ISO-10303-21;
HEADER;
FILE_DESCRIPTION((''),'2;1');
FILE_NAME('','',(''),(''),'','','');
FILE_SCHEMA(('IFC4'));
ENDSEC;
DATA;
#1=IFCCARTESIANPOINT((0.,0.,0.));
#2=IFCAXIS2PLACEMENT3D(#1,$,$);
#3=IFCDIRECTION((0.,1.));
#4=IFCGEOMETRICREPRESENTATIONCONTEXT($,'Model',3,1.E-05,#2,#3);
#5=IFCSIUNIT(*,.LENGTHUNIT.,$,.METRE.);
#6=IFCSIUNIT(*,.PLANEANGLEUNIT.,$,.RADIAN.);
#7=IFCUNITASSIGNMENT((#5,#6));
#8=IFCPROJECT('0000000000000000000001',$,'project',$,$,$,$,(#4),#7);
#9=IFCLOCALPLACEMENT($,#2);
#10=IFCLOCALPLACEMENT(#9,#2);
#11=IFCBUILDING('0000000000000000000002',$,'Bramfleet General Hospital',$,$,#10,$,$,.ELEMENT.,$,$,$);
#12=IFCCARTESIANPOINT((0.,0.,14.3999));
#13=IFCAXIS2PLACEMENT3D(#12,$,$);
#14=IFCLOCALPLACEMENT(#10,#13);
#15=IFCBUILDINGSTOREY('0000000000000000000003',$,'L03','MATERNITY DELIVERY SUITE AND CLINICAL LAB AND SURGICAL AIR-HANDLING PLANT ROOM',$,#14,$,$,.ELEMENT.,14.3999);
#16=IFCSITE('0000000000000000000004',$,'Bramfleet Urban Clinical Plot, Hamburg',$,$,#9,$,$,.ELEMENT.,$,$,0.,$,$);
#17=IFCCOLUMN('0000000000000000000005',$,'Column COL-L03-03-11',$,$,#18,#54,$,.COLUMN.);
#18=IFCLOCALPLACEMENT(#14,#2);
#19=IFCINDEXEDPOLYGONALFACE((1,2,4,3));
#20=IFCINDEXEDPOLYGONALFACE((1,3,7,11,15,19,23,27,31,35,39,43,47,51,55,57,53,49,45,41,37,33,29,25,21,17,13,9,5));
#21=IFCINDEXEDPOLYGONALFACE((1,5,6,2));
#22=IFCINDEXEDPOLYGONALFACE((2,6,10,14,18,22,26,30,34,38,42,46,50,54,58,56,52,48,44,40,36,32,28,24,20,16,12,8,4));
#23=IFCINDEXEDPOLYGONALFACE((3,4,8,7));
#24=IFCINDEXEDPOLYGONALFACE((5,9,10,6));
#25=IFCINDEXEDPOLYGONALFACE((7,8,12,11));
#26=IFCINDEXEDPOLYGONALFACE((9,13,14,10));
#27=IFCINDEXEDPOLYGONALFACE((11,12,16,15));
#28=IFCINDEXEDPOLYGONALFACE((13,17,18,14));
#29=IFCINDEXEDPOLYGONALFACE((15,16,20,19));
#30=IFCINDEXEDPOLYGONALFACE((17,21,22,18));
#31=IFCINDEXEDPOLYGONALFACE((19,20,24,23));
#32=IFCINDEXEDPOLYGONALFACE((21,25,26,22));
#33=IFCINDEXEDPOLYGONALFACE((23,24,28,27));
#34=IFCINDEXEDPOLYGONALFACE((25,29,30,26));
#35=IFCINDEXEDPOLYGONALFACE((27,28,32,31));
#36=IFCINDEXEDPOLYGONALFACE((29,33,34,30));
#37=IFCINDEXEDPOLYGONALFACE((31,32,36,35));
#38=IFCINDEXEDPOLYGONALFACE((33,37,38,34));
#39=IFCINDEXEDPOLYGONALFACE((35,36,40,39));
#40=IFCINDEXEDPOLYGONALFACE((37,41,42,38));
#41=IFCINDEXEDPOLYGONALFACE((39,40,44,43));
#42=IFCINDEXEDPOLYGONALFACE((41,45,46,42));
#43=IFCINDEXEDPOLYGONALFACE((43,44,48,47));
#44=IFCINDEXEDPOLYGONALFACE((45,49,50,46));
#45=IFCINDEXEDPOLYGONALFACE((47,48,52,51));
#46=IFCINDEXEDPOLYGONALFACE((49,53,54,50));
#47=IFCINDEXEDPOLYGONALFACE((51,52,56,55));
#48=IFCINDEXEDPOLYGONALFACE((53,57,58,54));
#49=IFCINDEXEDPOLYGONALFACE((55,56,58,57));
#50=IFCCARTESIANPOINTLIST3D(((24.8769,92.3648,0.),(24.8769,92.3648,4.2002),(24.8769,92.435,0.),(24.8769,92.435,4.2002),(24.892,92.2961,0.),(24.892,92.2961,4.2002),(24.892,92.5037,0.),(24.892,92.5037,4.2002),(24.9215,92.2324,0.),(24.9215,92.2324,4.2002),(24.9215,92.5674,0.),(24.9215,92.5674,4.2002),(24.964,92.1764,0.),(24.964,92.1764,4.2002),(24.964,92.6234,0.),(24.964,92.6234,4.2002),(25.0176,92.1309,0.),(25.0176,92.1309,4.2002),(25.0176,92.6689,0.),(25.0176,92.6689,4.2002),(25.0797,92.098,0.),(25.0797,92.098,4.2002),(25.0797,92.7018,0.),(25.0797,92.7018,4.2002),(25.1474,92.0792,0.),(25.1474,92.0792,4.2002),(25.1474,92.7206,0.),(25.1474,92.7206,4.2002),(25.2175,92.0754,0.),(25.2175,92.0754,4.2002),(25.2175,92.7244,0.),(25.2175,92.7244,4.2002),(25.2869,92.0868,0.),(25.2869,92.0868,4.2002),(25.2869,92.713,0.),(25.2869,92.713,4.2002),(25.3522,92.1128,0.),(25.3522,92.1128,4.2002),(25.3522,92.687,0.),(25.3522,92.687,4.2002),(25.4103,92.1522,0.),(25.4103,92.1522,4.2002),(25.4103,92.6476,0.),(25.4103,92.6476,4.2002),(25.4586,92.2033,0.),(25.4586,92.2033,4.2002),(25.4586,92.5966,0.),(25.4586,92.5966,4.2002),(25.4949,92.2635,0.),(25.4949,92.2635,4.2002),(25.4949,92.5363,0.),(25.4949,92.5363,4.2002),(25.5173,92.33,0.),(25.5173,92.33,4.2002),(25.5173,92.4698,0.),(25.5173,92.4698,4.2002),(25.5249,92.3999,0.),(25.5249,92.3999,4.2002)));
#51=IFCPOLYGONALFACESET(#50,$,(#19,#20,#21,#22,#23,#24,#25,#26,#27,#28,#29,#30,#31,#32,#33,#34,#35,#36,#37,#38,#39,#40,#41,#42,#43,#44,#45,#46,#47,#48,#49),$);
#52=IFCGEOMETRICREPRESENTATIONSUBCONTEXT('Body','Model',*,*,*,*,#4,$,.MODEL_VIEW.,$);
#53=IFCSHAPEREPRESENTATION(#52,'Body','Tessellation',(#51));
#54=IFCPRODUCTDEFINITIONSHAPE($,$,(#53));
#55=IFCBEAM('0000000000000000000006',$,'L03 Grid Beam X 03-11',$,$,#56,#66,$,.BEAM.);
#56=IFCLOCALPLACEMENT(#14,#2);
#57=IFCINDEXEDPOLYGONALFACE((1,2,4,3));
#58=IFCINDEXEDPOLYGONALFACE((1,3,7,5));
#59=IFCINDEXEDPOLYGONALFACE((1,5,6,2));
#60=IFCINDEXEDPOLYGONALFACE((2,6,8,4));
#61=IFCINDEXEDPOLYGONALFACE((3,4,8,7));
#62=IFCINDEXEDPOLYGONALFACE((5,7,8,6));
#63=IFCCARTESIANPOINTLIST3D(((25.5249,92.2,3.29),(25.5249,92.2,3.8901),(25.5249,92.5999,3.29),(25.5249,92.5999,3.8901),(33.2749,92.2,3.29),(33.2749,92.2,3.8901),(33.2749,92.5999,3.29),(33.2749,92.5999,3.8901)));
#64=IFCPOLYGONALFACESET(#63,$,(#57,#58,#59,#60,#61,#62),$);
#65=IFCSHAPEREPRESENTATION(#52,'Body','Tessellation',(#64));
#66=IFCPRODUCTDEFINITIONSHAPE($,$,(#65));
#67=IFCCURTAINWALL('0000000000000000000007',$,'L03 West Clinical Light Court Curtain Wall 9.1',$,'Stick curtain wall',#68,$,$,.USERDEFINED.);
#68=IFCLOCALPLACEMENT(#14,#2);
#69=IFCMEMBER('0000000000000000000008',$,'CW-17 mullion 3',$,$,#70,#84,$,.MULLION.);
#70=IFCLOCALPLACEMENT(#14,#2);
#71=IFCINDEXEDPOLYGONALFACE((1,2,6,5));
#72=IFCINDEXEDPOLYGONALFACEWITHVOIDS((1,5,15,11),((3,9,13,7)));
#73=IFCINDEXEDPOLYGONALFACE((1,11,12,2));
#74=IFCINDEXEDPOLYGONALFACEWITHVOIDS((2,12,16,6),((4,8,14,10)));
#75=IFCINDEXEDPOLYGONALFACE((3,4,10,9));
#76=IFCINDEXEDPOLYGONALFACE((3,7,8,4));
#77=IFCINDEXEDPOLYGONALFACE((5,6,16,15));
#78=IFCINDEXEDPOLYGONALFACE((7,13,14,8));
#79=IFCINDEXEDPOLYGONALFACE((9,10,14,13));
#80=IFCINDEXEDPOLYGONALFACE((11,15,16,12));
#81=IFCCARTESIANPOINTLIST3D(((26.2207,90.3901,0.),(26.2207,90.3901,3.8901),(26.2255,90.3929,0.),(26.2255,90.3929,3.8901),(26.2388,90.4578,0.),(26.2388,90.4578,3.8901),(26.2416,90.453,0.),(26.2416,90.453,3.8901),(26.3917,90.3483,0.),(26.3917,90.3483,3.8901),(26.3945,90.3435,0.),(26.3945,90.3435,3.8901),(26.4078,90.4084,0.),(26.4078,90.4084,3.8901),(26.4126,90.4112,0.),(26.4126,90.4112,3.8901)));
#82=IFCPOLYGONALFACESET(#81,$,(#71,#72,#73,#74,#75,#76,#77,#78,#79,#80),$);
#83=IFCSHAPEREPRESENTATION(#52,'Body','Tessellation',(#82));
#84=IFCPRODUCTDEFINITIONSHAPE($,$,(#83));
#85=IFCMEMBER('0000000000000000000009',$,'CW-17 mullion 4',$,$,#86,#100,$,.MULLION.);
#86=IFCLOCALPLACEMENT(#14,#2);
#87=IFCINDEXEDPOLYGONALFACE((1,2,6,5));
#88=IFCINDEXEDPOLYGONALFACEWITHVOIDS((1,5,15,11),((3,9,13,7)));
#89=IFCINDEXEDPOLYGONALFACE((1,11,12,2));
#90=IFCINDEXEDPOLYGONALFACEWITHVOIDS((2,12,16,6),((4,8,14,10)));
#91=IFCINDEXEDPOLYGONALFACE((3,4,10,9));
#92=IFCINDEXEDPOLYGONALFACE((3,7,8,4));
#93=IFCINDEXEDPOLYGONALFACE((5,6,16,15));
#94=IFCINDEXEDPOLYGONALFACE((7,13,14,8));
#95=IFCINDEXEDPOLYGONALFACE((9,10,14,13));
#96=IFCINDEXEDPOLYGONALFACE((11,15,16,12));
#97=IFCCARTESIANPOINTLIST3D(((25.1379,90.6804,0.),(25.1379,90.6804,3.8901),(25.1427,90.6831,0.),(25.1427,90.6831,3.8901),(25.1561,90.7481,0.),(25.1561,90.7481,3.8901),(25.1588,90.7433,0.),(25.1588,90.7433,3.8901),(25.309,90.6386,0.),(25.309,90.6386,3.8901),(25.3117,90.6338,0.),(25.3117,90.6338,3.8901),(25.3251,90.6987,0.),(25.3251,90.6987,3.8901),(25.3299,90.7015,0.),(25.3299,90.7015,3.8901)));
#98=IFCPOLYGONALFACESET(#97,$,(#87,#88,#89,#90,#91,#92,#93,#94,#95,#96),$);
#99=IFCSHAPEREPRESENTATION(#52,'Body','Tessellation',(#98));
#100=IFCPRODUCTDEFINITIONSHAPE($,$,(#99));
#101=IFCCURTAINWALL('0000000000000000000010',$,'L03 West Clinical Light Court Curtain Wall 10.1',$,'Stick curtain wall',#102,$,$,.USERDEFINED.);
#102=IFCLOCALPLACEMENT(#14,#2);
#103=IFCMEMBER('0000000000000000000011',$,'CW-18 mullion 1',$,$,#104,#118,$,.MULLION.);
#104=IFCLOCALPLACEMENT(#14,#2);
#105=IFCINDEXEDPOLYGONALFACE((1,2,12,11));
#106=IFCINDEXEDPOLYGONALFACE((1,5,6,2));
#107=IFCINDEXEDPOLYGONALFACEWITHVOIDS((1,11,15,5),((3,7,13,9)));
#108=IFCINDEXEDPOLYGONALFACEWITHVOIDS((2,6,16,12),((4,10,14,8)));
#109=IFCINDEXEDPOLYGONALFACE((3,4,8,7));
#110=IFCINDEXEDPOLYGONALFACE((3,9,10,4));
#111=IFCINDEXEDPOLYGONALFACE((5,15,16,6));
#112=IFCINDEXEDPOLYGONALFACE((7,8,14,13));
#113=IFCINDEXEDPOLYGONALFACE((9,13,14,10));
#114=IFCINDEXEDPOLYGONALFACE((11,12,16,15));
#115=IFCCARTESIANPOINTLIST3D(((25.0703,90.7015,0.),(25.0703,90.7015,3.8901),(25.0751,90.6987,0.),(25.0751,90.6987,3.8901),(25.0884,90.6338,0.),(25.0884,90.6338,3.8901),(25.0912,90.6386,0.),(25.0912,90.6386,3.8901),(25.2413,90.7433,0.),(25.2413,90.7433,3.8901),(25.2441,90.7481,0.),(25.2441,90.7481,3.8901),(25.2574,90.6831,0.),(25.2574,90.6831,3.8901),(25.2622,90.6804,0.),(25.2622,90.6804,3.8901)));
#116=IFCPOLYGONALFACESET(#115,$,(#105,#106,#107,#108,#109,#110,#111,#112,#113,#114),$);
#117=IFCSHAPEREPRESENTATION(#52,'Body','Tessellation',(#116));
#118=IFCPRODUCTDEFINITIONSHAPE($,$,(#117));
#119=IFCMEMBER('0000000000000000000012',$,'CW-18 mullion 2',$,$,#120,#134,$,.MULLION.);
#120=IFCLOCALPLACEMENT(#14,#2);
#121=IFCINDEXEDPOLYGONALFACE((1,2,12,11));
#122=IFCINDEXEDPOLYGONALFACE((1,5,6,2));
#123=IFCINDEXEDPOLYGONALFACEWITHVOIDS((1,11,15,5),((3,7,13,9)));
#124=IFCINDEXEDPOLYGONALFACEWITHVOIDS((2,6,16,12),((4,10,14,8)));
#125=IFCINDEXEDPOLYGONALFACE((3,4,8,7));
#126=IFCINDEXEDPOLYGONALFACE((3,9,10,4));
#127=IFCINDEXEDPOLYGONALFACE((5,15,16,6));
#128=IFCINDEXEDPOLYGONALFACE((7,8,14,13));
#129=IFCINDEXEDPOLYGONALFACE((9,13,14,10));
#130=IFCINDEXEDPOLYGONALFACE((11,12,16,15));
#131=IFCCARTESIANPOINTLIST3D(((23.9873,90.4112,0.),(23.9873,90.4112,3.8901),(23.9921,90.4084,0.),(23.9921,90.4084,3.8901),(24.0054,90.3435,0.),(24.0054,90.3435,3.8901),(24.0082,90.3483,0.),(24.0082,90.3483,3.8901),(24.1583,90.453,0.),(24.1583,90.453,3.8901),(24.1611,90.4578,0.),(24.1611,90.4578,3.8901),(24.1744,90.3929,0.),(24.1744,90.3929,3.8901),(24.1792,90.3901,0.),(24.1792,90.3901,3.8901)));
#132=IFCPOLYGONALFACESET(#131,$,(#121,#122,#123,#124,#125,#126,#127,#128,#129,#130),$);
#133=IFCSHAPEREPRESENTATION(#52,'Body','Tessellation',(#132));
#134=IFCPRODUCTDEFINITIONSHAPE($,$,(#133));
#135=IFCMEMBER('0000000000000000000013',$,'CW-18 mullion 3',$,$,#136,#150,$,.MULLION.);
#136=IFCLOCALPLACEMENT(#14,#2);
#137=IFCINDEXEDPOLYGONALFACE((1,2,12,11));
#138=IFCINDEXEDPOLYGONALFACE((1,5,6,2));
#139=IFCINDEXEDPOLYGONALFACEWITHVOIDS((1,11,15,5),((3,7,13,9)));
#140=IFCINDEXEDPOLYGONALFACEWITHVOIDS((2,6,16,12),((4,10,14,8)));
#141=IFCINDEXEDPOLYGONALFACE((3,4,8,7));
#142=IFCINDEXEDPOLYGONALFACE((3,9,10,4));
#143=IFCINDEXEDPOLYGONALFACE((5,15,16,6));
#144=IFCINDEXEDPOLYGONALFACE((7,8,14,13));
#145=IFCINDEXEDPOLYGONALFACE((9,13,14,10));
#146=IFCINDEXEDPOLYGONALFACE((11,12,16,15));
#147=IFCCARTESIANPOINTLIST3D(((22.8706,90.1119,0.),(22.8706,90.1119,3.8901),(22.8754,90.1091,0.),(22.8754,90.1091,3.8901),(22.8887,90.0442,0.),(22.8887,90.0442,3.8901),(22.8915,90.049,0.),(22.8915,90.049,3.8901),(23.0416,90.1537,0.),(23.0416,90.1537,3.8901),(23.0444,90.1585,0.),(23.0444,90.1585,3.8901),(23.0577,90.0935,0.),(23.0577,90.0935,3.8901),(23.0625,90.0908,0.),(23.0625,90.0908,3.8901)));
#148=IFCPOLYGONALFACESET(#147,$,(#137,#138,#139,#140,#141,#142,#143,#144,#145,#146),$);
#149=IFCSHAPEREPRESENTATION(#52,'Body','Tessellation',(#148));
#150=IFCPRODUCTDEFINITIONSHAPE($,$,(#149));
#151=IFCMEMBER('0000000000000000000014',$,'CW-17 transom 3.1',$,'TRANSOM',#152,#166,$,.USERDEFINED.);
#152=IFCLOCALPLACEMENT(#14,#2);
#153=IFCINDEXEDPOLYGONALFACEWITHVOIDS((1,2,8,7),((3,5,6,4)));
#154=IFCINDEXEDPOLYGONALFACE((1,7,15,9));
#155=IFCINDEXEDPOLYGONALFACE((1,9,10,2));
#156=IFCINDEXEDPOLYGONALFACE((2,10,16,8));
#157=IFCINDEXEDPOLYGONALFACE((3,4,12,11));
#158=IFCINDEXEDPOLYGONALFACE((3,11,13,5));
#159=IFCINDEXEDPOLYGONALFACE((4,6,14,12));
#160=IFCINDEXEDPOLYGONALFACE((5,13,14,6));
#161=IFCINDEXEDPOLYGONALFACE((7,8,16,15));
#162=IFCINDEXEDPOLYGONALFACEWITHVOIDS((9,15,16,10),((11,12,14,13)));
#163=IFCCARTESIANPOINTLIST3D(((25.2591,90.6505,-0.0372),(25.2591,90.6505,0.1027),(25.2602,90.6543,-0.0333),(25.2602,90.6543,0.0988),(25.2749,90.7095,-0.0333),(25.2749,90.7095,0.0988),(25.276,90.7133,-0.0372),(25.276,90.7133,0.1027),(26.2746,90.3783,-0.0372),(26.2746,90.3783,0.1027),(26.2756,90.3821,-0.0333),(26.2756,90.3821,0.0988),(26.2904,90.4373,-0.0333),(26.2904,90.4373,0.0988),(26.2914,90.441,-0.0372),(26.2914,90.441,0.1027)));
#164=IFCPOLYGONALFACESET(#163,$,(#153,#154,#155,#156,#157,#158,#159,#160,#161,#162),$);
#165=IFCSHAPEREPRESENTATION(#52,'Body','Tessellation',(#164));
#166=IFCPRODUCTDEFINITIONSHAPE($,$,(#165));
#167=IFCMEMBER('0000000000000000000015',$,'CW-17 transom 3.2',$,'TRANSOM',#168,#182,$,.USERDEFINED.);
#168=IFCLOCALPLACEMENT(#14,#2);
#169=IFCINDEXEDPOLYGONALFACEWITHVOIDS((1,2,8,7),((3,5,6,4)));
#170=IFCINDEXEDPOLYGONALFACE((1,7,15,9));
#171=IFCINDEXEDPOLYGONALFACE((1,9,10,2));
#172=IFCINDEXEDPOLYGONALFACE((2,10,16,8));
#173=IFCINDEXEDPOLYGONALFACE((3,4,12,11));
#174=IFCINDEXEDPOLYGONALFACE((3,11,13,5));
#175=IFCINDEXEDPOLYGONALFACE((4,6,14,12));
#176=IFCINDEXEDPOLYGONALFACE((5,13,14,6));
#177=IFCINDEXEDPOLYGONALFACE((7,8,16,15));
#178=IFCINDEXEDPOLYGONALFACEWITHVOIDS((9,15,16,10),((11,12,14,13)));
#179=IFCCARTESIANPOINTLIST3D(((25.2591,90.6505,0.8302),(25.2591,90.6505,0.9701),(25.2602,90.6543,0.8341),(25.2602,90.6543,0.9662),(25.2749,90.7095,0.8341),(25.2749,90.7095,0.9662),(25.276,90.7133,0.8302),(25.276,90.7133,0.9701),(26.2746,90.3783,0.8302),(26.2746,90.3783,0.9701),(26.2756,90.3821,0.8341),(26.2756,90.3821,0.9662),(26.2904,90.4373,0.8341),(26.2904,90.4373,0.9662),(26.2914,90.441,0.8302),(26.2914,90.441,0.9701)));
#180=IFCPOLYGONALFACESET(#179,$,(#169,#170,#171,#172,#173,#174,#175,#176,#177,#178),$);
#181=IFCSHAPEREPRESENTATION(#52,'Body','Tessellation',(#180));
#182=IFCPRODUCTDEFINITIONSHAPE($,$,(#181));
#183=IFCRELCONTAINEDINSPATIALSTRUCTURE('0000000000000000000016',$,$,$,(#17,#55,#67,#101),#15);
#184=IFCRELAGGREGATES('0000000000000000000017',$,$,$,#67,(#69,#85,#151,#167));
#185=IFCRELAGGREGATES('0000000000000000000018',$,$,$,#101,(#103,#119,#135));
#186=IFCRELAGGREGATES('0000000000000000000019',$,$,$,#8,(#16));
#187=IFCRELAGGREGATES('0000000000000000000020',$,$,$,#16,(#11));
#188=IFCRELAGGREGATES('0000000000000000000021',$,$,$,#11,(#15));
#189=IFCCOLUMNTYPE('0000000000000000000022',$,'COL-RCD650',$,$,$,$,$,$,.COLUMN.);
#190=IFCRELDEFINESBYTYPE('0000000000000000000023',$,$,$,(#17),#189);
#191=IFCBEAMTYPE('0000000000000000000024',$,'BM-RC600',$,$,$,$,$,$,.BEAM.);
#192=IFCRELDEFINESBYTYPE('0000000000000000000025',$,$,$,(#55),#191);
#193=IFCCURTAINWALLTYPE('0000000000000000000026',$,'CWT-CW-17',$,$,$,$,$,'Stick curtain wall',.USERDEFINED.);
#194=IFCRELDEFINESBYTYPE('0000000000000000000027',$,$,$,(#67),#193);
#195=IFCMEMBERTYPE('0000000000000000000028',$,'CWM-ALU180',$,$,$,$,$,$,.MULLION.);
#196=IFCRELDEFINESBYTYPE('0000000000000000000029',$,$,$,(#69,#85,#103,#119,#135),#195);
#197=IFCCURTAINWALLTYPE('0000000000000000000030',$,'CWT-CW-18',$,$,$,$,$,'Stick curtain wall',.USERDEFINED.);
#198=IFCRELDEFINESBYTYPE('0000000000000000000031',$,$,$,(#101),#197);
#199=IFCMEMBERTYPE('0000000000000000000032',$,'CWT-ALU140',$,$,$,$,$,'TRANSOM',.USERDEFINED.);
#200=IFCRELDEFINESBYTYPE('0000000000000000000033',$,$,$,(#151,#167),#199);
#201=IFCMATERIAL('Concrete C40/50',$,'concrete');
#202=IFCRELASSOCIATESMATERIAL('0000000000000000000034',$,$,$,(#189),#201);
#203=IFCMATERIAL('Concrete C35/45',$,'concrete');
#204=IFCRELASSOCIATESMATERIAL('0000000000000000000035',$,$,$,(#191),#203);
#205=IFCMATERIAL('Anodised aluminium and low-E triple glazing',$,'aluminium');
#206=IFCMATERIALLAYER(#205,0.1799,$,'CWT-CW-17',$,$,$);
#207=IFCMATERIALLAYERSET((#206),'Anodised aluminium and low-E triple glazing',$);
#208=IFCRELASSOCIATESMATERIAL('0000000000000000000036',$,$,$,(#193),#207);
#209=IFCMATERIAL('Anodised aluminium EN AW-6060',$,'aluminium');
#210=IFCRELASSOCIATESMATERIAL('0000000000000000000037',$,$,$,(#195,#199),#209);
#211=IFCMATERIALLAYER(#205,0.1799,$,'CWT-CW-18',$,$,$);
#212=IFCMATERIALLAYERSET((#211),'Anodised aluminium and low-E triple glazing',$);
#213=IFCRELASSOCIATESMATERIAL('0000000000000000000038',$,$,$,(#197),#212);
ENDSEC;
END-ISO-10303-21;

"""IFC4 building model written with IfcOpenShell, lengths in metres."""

from ifc_helpers import new_model, si_unit, direction, frame, origin, origin_2d, place, context, subcontext, project, spatial, rectangle, hollow_rectangle, circle, extrude, material, layer, layer_set, material_profile, profile_set, type_object, element, aggregate, save


model = new_model("IFC4")

# Units and contexts
model_context = context("Model", 3, precision=1e-05, world=origin(), true_north=direction((0.0, 1.0)))
body_context = subcontext(model_context, "Body", "Model", "MODEL_VIEW")
ifc_project = project(units=[si_unit("LENGTHUNIT", "METRE"), si_unit("PLANEANGLEUNIT", "RADIAN")], contexts=[model_context])

# Site, building, storey
site_placement = place(None, origin())
site = spatial("IfcSite", under=ifc_project, at=site_placement, Name="Bramfleet Urban Clinical Plot, Hamburg", CompositionType="ELEMENT", RefElevation=0.0)
building_placement = place(site_placement, origin())
building = spatial("IfcBuilding", under=site, at=building_placement, Name="Bramfleet General Hospital", CompositionType="ELEMENT")
storey_placement = place(building_placement, frame((0.0, 0.0, 14.3999)))
storey = spatial("IfcBuildingStorey", under=building, at=storey_placement, Name="L03", Description="MATERNITY DELIVERY SUITE AND CLINICAL LAB AND SURGICAL AIR-HANDLING PLANT ROOM", CompositionType="ELEMENT", Elevation=14.3999)

# Column
ifc_material_1 = material(Name="Concrete C40/50", Category="concrete")
ifc_material_profile_1 = material_profile(ifc_material_1, circle(Radius=0.325, at=origin_2d()), Name="RC ROUND D650")
ifc_profile_set_1 = profile_set([ifc_material_profile_1], Name="Concrete C40/50")
column_type = type_object("IfcColumnType", Name="COL-RCD650", PredefinedType="COLUMN", material=ifc_profile_set_1)
column_placement = place(storey_placement, frame((25.2, 92.3999, 0.0), z_axis=(0.0, 0.0, 1.0), x_axis=(1.0, 0.0, 0.0)))
element("IfcColumn", 1, at=column_placement, inside=storey, type_object=column_type, Name="Column COL-L03-03-11", PredefinedType="COLUMN", context=body_context, shape_type="SweptSolid", body=[
    extrude(circle(Radius=0.325, at=origin_2d()), origin(), (0.0, 0.0, 1.0), 4.2002),
])

# Beam
ifc_material_2 = material(Name="Concrete C35/45", Category="concrete")
ifc_material_profile_2 = material_profile(ifc_material_2, rectangle(XDim=0.3999, YDim=0.6001, at=origin_2d()), Name="RC BM 600x400")
ifc_profile_set_2 = profile_set([ifc_material_profile_2], Name="Concrete C35/45")
beam_type = type_object("IfcBeamType", Name="BM-RC600", PredefinedType="BEAM", material=ifc_profile_set_2)
beam_placement = place(storey_placement, frame((25.5249, 92.3999, 3.5901), z_axis=(1.0, 0.0, 0.0), x_axis=(0.0, 1.0, 0.0)))
element("IfcBeam", 2, at=beam_placement, inside=storey, type_object=beam_type, Name="L03 Grid Beam X 03-11", PredefinedType="BEAM", context=body_context, shape_type="SweptSolid", body=[
    extrude(rectangle(XDim=0.3999, YDim=0.6001, at=origin_2d()), origin(), (0.0, 0.0, 1.0), 7.75),
])

# Curtain walls, members
ifc_material_3 = material(Name="Anodised aluminium and low-E triple glazing", Category="aluminium")
ifc_layer_1 = layer(ifc_material_3, 0.1799, Name="CWT-CW-17")
ifc_layer_set_1 = layer_set([ifc_layer_1], Name="Anodised aluminium and low-E triple glazing")
curtain_wall_type_1 = type_object("IfcCurtainWallType", Name="CWT-CW-17", ElementType="Stick curtain wall", PredefinedType="USERDEFINED", material=ifc_layer_set_1)
curtain_wall_1_placement = place(storey_placement, origin())
curtain_wall_1 = element("IfcCurtainWall", 3, at=curtain_wall_1_placement, inside=storey, type_object=curtain_wall_type_1, Name="L03 West Clinical Light Court Curtain Wall 9.1", ObjectType="Stick curtain wall", PredefinedType="USERDEFINED")
ifc_material_4 = material(Name="Anodised aluminium EN AW-6060", Category="aluminium")
ifc_material_profile_3 = material_profile(ifc_material_4, hollow_rectangle(XDim=0.0701, YDim=0.1799, WallThickness=0.0039, at=origin_2d()), Name="ALU 180x70x4.0")
ifc_profile_set_3 = profile_set([ifc_material_profile_3], Name="Anodised aluminium EN AW-6060")
member_type_1 = type_object("IfcMemberType", Name="CWM-ALU180", PredefinedType="MULLION", material=ifc_profile_set_3)
member_1_placement = place(storey_placement, frame((26.3167, 90.4006, 0.0), z_axis=(0.0, 0.0, 1.0), x_axis=(-0.258919, -0.965899, 0.0)))
member_1 = element("IfcMember", 4, at=member_1_placement, type_object=member_type_1, Name="CW-17 mullion 3", PredefinedType="MULLION", context=body_context, shape_type="SweptSolid", body=[
    extrude(hollow_rectangle(XDim=0.0701, YDim=0.1799, WallThickness=0.0039, at=origin_2d()), origin(), (0.0, 0.0, 1.0), 3.8901),
])
member_2_placement = place(storey_placement, frame((25.2339, 90.6909, 0.0), z_axis=(0.0, 0.0, 1.0), x_axis=(-0.258919, -0.965899, 0.0)))
member_2 = element("IfcMember", 5, at=member_2_placement, type_object=member_type_1, Name="CW-17 mullion 4", PredefinedType="MULLION", context=body_context, shape_type="SweptSolid", body=[
    extrude(hollow_rectangle(XDim=0.0701, YDim=0.1799, WallThickness=0.0039, at=origin_2d()), origin(), (0.0, 0.0, 1.0), 3.8901),
])
ifc_layer_2 = layer(ifc_material_3, 0.1799, Name="CWT-CW-18")
ifc_layer_set_2 = layer_set([ifc_layer_2], Name="Anodised aluminium and low-E triple glazing")
curtain_wall_type_2 = type_object("IfcCurtainWallType", Name="CWT-CW-18", ElementType="Stick curtain wall", PredefinedType="USERDEFINED", material=ifc_layer_set_2)
curtain_wall_2_placement = place(storey_placement, origin())
curtain_wall_2 = element("IfcCurtainWall", 6, at=curtain_wall_2_placement, inside=storey, type_object=curtain_wall_type_2, Name="L03 West Clinical Light Court Curtain Wall 10.1", ObjectType="Stick curtain wall", PredefinedType="USERDEFINED")
member_3_placement = place(storey_placement, frame((25.1663, 90.6909, 0.0), z_axis=(0.0, 0.0, 1.0), x_axis=(0.258919, -0.965899, 0.0)))
member_3 = element("IfcMember", 7, at=member_3_placement, type_object=member_type_1, Name="CW-18 mullion 1", PredefinedType="MULLION", context=body_context, shape_type="SweptSolid", body=[
    extrude(hollow_rectangle(XDim=0.0701, YDim=0.1799, WallThickness=0.0039, at=origin_2d()), origin(), (0.0, 0.0, 1.0), 3.8901),
])
member_4_placement = place(storey_placement, frame((24.0833, 90.4006, 0.0), z_axis=(0.0, 0.0, 1.0), x_axis=(0.258919, -0.965899, 0.0)))
member_4 = element("IfcMember", 8, at=member_4_placement, type_object=member_type_1, Name="CW-18 mullion 2", PredefinedType="MULLION", context=body_context, shape_type="SweptSolid", body=[
    extrude(hollow_rectangle(XDim=0.0701, YDim=0.1799, WallThickness=0.0039, at=origin_2d()), origin(), (0.0, 0.0, 1.0), 3.8901),
])
member_5_placement = place(storey_placement, frame((22.9666, 90.1013, 0.0), z_axis=(0.0, 0.0, 1.0), x_axis=(0.258919, -0.965899, 0.0)))
member_5 = element("IfcMember", 9, at=member_5_placement, type_object=member_type_1, Name="CW-18 mullion 3", PredefinedType="MULLION", context=body_context, shape_type="SweptSolid", body=[
    extrude(hollow_rectangle(XDim=0.0701, YDim=0.1799, WallThickness=0.0039, at=origin_2d()), origin(), (0.0, 0.0, 1.0), 3.8901),
])

# Members
ifc_material_profile_4 = material_profile(ifc_material_4, hollow_rectangle(XDim=0.0649, YDim=0.1399, WallThickness=0.0039, at=origin_2d()), Name="ALU 140x65x4.0")
ifc_profile_set_4 = profile_set([ifc_material_profile_4], Name="Anodised aluminium EN AW-6060")
member_type_2 = type_object("IfcMemberType", Name="CWT-ALU140", ElementType="TRANSOM", PredefinedType="USERDEFINED", material=ifc_profile_set_4)
member_6_placement = place(storey_placement, frame((26.283, 90.4097, 0.0327), z_axis=(-0.965891, 0.258949, 0.0), x_axis=(-0.258949, -0.965891, 0.0)))
member_6 = element("IfcMember", 10, at=member_6_placement, type_object=member_type_2, Name="CW-17 transom 3.1", ObjectType="TRANSOM", PredefinedType="USERDEFINED", context=body_context, shape_type="SweptSolid", body=[
    extrude(hollow_rectangle(XDim=0.0649, YDim=0.1399, WallThickness=0.0039, at=origin_2d()), origin(), (0.0, 0.0, 1.0), 1.0513),
])
member_7_placement = place(storey_placement, frame((26.283, 90.4097, 0.9001), z_axis=(-0.965891, 0.258949, 0.0), x_axis=(-0.258949, -0.965891, 0.0)))
member_7 = element("IfcMember", 11, at=member_7_placement, type_object=member_type_2, Name="CW-17 transom 3.2", ObjectType="TRANSOM", PredefinedType="USERDEFINED", context=body_context, shape_type="SweptSolid", body=[
    extrude(hollow_rectangle(XDim=0.0649, YDim=0.1399, WallThickness=0.0039, at=origin_2d()), origin(), (0.0, 0.0, 1.0), 1.0513),
])

aggregate(curtain_wall_1, [member_1, member_2, member_6, member_7])
aggregate(curtain_wall_2, [member_3, member_4, member_5])

save(model, "model.ifc")
